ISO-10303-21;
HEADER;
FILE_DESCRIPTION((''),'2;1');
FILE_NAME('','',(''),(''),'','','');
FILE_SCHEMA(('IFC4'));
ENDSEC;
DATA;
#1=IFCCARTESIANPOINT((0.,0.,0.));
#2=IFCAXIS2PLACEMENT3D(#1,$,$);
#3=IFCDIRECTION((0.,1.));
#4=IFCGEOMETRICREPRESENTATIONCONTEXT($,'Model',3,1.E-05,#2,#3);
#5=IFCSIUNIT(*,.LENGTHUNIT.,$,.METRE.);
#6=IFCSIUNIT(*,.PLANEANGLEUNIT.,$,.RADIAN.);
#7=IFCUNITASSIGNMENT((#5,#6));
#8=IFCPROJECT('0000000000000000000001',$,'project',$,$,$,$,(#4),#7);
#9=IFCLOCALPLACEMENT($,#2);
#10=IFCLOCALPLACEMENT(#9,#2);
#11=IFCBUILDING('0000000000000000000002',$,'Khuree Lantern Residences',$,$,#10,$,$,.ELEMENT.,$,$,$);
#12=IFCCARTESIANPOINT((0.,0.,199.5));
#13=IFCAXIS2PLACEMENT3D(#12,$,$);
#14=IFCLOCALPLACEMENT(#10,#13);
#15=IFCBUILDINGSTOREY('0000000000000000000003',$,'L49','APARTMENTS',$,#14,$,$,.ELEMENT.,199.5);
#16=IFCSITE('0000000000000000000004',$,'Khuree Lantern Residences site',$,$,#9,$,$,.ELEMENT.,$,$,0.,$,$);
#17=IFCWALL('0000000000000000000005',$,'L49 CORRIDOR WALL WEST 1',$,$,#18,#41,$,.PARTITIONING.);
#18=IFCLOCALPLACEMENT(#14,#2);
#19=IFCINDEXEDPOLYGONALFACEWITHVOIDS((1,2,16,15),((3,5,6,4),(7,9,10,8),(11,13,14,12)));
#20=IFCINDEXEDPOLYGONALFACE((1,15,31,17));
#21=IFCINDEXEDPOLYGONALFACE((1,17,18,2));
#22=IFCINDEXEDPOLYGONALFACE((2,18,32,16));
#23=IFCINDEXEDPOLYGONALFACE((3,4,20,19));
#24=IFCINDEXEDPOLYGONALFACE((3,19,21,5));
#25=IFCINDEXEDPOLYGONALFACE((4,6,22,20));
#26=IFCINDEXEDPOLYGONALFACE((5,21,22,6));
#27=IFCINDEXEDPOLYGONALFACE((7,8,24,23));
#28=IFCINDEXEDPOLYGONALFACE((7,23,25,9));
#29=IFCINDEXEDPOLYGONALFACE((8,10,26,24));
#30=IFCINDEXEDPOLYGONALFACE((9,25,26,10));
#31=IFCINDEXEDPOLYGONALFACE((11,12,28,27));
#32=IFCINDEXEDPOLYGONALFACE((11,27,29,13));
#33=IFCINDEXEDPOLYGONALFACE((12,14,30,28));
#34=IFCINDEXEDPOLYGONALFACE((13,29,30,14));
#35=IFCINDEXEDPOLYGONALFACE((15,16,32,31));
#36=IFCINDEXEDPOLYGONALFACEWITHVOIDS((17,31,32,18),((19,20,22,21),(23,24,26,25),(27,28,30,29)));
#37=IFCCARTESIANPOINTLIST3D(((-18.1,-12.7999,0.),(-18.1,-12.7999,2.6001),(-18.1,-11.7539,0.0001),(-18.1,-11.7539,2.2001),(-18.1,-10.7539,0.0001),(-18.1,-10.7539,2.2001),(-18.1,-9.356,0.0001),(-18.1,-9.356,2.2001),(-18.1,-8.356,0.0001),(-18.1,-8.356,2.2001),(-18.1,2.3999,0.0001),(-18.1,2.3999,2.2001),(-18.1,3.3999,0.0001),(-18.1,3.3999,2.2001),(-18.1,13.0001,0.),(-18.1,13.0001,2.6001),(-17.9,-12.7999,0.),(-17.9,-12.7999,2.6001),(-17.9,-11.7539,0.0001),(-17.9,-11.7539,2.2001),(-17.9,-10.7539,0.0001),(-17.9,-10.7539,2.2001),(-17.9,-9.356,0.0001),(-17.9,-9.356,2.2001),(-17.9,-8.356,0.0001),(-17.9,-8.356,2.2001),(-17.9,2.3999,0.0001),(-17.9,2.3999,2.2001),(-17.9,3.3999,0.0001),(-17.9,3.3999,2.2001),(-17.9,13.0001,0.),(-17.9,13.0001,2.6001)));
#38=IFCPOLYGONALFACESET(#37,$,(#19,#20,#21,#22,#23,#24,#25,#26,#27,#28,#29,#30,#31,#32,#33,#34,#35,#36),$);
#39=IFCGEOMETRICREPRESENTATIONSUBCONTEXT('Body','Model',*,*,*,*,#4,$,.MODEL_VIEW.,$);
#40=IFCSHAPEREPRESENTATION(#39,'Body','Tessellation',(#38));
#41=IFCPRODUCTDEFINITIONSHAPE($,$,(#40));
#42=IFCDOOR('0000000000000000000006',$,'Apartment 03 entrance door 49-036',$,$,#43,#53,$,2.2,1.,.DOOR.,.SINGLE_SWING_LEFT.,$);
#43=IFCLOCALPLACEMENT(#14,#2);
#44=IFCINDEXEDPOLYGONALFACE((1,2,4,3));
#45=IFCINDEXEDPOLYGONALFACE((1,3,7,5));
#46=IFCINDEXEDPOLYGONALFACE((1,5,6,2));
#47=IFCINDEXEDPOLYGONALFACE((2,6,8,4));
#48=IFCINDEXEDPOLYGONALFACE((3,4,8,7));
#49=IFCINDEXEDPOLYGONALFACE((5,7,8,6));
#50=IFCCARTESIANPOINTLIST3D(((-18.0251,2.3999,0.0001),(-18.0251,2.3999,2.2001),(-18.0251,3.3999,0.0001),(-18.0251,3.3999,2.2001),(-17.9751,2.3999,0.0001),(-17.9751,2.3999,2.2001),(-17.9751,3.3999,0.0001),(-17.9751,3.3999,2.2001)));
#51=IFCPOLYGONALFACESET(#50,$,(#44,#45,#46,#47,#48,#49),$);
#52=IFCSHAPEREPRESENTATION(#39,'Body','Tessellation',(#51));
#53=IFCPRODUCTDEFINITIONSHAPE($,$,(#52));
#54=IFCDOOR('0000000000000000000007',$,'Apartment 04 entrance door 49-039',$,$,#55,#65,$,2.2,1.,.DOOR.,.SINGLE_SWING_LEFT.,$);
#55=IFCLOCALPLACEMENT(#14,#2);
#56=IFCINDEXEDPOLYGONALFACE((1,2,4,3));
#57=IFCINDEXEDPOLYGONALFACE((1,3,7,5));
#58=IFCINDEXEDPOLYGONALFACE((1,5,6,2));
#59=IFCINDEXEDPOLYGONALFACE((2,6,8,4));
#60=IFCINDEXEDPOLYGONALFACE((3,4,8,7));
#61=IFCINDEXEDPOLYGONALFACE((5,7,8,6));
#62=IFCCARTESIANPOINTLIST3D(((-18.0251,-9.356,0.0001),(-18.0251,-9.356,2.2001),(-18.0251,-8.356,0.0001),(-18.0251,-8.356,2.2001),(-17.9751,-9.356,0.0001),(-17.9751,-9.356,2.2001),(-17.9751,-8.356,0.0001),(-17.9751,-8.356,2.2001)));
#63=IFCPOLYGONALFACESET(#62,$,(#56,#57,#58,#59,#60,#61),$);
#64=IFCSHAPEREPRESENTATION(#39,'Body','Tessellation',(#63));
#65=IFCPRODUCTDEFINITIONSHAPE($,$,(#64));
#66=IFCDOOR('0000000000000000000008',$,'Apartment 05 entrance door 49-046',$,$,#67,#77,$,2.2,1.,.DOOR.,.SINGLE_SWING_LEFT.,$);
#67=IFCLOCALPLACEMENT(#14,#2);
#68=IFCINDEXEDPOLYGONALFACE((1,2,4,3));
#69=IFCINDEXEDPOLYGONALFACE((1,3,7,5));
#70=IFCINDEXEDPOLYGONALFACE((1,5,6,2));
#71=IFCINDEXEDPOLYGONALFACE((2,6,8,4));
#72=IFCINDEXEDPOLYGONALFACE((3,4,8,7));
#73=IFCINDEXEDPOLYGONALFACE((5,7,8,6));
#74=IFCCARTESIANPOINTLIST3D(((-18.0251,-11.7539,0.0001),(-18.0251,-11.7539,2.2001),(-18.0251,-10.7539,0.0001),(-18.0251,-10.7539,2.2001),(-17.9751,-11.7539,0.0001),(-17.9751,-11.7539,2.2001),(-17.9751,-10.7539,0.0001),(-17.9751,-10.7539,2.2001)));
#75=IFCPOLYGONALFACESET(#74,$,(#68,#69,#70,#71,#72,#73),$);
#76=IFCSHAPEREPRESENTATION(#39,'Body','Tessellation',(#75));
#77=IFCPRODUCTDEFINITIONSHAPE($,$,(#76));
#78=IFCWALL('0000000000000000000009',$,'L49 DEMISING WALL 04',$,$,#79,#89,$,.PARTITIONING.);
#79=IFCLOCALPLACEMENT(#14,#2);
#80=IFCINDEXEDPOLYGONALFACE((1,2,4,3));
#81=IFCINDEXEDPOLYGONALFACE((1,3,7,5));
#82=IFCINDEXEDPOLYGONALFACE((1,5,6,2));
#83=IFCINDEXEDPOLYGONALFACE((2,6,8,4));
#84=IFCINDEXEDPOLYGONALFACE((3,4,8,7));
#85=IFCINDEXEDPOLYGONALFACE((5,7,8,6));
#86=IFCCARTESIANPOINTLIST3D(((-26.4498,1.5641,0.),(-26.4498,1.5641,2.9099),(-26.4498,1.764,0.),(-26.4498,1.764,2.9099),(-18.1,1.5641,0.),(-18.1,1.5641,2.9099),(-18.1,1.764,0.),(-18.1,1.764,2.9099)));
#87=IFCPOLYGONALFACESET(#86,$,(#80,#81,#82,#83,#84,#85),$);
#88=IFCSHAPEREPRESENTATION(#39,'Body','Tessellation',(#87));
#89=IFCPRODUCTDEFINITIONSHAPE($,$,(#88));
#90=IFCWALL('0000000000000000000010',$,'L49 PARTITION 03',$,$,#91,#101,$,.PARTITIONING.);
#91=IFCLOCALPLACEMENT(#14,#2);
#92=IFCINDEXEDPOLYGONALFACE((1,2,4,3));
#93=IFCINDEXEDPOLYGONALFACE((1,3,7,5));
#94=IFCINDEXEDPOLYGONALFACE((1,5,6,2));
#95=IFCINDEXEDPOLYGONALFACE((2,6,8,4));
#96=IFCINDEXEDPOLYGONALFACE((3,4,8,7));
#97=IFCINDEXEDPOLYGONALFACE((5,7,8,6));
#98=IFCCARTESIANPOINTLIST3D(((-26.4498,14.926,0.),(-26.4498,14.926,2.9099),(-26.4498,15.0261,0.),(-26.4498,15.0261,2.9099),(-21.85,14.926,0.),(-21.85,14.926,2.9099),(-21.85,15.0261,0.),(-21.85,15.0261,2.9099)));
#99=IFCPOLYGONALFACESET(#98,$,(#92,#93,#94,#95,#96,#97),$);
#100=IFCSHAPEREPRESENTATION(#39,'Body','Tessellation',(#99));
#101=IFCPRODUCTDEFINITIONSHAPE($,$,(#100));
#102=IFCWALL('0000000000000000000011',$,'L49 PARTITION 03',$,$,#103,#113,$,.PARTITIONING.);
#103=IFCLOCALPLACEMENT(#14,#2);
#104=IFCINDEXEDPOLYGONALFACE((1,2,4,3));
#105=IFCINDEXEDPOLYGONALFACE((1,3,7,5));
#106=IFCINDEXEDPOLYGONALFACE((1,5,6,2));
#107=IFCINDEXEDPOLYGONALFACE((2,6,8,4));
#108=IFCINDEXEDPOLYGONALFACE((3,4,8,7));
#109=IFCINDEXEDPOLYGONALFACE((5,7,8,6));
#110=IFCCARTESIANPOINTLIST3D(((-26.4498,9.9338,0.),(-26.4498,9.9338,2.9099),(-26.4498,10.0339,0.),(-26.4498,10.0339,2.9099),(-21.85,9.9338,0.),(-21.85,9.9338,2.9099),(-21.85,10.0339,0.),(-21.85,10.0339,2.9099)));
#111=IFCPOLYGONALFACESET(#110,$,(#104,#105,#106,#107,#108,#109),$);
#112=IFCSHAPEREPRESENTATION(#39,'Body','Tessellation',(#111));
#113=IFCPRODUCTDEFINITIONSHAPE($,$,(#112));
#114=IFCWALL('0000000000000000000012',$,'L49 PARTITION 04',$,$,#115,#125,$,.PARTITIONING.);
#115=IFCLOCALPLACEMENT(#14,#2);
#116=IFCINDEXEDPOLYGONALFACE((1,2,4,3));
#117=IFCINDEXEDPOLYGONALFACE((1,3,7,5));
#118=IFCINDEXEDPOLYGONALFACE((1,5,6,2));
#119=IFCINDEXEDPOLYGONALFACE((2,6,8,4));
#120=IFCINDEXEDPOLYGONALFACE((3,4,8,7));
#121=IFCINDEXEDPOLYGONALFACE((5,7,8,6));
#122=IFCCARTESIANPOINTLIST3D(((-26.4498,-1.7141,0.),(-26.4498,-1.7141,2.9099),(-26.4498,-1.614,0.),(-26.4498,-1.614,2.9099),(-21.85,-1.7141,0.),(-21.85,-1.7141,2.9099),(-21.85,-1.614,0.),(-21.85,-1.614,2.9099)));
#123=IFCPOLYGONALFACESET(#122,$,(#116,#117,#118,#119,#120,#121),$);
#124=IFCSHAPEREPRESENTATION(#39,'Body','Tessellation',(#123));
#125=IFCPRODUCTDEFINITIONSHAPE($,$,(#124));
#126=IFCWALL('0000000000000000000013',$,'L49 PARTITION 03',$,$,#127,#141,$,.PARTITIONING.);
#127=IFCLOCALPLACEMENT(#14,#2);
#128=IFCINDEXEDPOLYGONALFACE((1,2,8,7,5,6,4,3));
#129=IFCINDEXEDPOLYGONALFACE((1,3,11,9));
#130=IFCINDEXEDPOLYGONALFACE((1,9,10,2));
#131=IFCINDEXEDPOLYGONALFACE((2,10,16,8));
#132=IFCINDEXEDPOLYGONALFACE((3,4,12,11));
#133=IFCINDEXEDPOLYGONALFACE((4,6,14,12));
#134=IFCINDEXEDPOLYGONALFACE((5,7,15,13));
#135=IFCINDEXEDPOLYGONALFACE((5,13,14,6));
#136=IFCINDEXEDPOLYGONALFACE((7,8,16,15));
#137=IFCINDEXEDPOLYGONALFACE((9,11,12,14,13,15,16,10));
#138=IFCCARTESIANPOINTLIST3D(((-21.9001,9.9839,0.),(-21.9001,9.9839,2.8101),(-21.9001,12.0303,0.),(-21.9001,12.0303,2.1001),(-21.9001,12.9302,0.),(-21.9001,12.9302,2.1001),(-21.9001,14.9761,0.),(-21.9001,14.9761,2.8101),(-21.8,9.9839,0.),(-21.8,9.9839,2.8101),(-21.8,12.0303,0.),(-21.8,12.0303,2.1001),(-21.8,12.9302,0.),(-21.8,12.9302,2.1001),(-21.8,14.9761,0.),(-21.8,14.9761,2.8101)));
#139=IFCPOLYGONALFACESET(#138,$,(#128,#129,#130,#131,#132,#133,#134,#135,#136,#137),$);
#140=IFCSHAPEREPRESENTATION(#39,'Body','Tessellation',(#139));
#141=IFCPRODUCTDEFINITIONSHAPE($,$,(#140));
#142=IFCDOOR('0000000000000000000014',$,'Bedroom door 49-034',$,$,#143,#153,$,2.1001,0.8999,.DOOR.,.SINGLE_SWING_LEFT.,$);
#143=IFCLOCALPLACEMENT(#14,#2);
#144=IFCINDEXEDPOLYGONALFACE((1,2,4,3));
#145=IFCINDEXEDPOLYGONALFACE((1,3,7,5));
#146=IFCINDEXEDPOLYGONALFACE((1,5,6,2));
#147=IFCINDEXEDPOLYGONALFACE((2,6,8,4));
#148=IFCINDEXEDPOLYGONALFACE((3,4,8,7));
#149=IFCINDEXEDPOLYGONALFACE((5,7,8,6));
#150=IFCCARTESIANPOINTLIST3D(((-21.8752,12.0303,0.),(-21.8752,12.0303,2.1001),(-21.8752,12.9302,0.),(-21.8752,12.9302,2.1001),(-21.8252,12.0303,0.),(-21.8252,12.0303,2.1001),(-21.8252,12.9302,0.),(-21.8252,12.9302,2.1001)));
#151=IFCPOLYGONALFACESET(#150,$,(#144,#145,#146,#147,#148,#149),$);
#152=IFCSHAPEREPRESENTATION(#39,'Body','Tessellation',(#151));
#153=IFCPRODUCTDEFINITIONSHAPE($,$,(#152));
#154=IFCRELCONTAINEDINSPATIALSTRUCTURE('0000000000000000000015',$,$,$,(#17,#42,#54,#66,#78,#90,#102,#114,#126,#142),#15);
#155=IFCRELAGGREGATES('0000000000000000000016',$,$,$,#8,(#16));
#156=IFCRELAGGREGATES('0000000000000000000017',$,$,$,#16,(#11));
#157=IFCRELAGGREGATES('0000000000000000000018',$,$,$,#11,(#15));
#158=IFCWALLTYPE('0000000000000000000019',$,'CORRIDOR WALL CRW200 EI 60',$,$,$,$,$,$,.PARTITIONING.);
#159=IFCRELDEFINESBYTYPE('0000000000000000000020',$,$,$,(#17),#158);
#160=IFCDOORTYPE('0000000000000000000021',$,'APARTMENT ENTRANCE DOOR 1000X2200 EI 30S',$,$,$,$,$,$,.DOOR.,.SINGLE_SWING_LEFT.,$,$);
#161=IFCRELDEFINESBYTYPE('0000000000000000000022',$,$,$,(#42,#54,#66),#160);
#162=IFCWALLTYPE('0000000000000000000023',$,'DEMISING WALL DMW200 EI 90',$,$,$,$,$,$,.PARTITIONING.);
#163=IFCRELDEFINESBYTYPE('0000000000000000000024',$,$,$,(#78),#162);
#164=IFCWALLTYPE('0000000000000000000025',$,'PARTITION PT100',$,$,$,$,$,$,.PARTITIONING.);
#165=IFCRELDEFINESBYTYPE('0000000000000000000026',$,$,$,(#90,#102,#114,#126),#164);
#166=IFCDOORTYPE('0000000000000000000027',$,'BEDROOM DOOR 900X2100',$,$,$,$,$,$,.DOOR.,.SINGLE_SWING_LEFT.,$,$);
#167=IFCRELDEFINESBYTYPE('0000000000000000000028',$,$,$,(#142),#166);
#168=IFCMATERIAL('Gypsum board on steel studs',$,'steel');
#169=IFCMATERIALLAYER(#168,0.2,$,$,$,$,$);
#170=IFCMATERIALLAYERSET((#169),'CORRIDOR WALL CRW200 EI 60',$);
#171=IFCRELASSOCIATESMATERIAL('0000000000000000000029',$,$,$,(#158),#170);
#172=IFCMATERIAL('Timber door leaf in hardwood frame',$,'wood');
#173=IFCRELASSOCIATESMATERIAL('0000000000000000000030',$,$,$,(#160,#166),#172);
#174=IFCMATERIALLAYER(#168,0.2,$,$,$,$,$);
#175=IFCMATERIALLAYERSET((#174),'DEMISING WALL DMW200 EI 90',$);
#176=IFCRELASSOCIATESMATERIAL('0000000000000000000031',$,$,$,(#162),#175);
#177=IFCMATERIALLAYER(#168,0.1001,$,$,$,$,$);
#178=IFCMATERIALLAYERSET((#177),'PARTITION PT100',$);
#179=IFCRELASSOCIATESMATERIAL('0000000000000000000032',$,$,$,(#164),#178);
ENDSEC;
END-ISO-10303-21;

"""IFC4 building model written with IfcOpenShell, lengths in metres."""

from ifc_helpers import new_model, si_unit, direction, frame, frame_2d, origin, place, context, subcontext, project, spatial, rectangle, extrude, material, layer, layer_set, type_object, element, fill, save


model = new_model("IFC4")

# Units and contexts
model_context = context("Model", 3, precision=1e-05, world=origin(), true_north=direction((0.0, 1.0)))
body_context = subcontext(model_context, "Body", "Model", "MODEL_VIEW")
ifc_project = project(units=[si_unit("LENGTHUNIT", "METRE"), si_unit("PLANEANGLEUNIT", "RADIAN")], contexts=[model_context])

# Site, building, storey
site_placement = place(None, origin())
site = spatial("IfcSite", under=ifc_project, at=site_placement, Name="Khuree Lantern Residences site", CompositionType="ELEMENT", RefElevation=0.0)
building_placement = place(site_placement, origin())
building = spatial("IfcBuilding", under=site, at=building_placement, Name="Khuree Lantern Residences", CompositionType="ELEMENT")
storey_placement = place(building_placement, frame((0.0, 0.0, 199.5)))
storey = spatial("IfcBuildingStorey", under=building, at=storey_placement, Name="L49", Description="APARTMENTS", CompositionType="ELEMENT", Elevation=199.5)

# Shared definitions
ifc_material_1 = material(Name="Timber door leaf in hardwood frame", Category="wood")

# Wall, openings, doors
ifc_material_2 = material(Name="Gypsum board on steel studs", Category="steel")
ifc_layer_1 = layer(ifc_material_2, 0.2)
ifc_layer_set_1 = layer_set([ifc_layer_1], Name="CORRIDOR WALL CRW200 EI 60")
wall_type_1 = type_object("IfcWallType", Name="CORRIDOR WALL CRW200 EI 60", PredefinedType="PARTITIONING", material=ifc_layer_set_1)
wall_1_placement = place(storey_placement, frame((-18.0, 13.0, 0.0), z_axis=(0.0, 0.0, 1.0), x_axis=(0.0, -1.0, 0.0)))
wall_1 = element("IfcWall", 1, at=wall_1_placement, inside=storey, type_object=wall_type_1, Name="L49 CORRIDOR WALL WEST 1", PredefinedType="PARTITIONING", context=body_context, shape_type="SweptSolid", body=[
    extrude(rectangle(XDim=25.8, YDim=0.2, at=frame_2d((12.8999, 0.0))), origin(), (0.0, 0.0, 1.0), 2.6001),
])
opening_1_placement = place(wall_1_placement, frame((9.6001, 0.0, 0.0)))
opening_1 = element("IfcOpeningElement", 2, at=opening_1_placement, cuts=wall_1, PredefinedType="OPENING", context=body_context, shape_type="SweptSolid", body=[
    extrude(rectangle(XDim=1.0, YDim=2.2, at=frame_2d((0.5, 1.1001))), frame((0.0, 0.1099, 0.0), z_axis=(0.0, -1.0, 0.0), x_axis=(1.0, 0.0, 0.0)), (0.0, 0.0, 1.0), 0.22),
])
opening_2_placement = place(wall_1_placement, frame((21.356, 0.0, 0.0)))
opening_2 = element("IfcOpeningElement", 3, at=opening_2_placement, cuts=wall_1, PredefinedType="OPENING", context=body_context, shape_type="SweptSolid", body=[
    extrude(rectangle(XDim=1.0, YDim=2.2, at=frame_2d((0.5, 1.1001))), frame((0.0, 0.1099, 0.0), z_axis=(0.0, -1.0, 0.0), x_axis=(1.0, 0.0, 0.0)), (0.0, 0.0, 1.0), 0.22),
])
opening_3_placement = place(wall_1_placement, frame((23.7539, 0.0, 0.0)))
opening_3 = element("IfcOpeningElement", 4, at=opening_3_placement, cuts=wall_1, PredefinedType="OPENING", context=body_context, shape_type="SweptSolid", body=[
    extrude(rectangle(XDim=1.0, YDim=2.2, at=frame_2d((0.5, 1.1001))), frame((0.0, 0.1099, 0.0), z_axis=(0.0, -1.0, 0.0), x_axis=(1.0, 0.0, 0.0)), (0.0, 0.0, 1.0), 0.22),
])
door_type_1 = type_object("IfcDoorType", Name="APARTMENT ENTRANCE DOOR 1000X2200 EI 30S", OperationType="SINGLE_SWING_LEFT", PredefinedType="DOOR", material=ifc_material_1)
door_1_placement = place(opening_1_placement, origin())
door_1 = element("IfcDoor", 5, at=door_1_placement, inside=storey, type_object=door_type_1, Name="Apartment 03 entrance door 49-036", OperationType="SINGLE_SWING_LEFT", OverallHeight=2.2, OverallWidth=1.0, PredefinedType="DOOR", context=body_context, shape_type="SweptSolid", body=[
    extrude(rectangle(XDim=1.0, YDim=2.2, at=frame_2d((0.5, 1.1001))), frame((0.0, 0.0249, 0.0), z_axis=(0.0, -1.0, 0.0), x_axis=(1.0, 0.0, 0.0)), (0.0, 0.0, 1.0), 0.05),
])
fill(opening_1, door_1)
door_2_placement = place(opening_2_placement, origin())
door_2 = element("IfcDoor", 6, at=door_2_placement, inside=storey, type_object=door_type_1, Name="Apartment 04 entrance door 49-039", OperationType="SINGLE_SWING_LEFT", OverallHeight=2.2, OverallWidth=1.0, PredefinedType="DOOR", context=body_context, shape_type="SweptSolid", body=[
    extrude(rectangle(XDim=1.0, YDim=2.2, at=frame_2d((0.5, 1.1001))), frame((0.0, 0.0249, 0.0), z_axis=(0.0, -1.0, 0.0), x_axis=(1.0, 0.0, 0.0)), (0.0, 0.0, 1.0), 0.05),
])
fill(opening_2, door_2)
door_3_placement = place(opening_3_placement, origin())
door_3 = element("IfcDoor", 7, at=door_3_placement, inside=storey, type_object=door_type_1, Name="Apartment 05 entrance door 49-046", OperationType="SINGLE_SWING_LEFT", OverallHeight=2.2, OverallWidth=1.0, PredefinedType="DOOR", context=body_context, shape_type="SweptSolid", body=[
    extrude(rectangle(XDim=1.0, YDim=2.2, at=frame_2d((0.5, 1.1001))), frame((0.0, 0.0249, 0.0), z_axis=(0.0, -1.0, 0.0), x_axis=(1.0, 0.0, 0.0)), (0.0, 0.0, 1.0), 0.05),
])
fill(opening_3, door_3)

# Walls
ifc_layer_2 = layer(ifc_material_2, 0.2)
ifc_layer_set_2 = layer_set([ifc_layer_2], Name="DEMISING WALL DMW200 EI 90")
wall_type_2 = type_object("IfcWallType", Name="DEMISING WALL DMW200 EI 90", PredefinedType="PARTITIONING", material=ifc_layer_set_2)
wall_2_placement = place(storey_placement, frame((-18.1001, 1.6641, 0.0), z_axis=(0.0, 0.0, 1.0), x_axis=(-1.0, 0.0, 0.0)))
element("IfcWall", 8, at=wall_2_placement, inside=storey, type_object=wall_type_2, Name="L49 DEMISING WALL 04", PredefinedType="PARTITIONING", context=body_context, shape_type="SweptSolid", body=[
    extrude(rectangle(XDim=8.3499, YDim=0.2, at=frame_2d((4.1748, 0.0))), origin(), (0.0, 0.0, 1.0), 2.9099),
])
ifc_layer_3 = layer(ifc_material_2, 0.1001)
ifc_layer_set_3 = layer_set([ifc_layer_3], Name="PARTITION PT100")
wall_type_3 = type_object("IfcWallType", Name="PARTITION PT100", PredefinedType="PARTITIONING", material=ifc_layer_set_3)
for number, where, z_axis, x_axis, name in (
    (9, (-21.8501, 14.9761, 0.0), (0.0, 0.0, 1.0), (-1.0, 0.0, 0.0), "L49 PARTITION 03"),
    (10, (-21.8501, 9.9839, 0.0), (0.0, 0.0, 1.0), (-1.0, 0.0, 0.0), "L49 PARTITION 03"),
    (11, (-21.8501, -1.6641, 0.0), (0.0, 0.0, 1.0), (-1.0, 0.0, 0.0), "L49 PARTITION 04"),
):
    element("IfcWall", number, at=place(storey_placement, frame(where, z_axis=z_axis, x_axis=x_axis)), inside=storey, type_object=wall_type_3, Name=name, PredefinedType="PARTITIONING", context=body_context, shape_type="SweptSolid", body=[
        extrude(rectangle(XDim=4.5999, YDim=0.1001, at=frame_2d((2.2998, 0.0))), origin(), (0.0, 0.0, 1.0), 2.9099),
    ])

# Wall, opening, door
wall_3_placement = place(storey_placement, frame((-21.8501, 14.9761, 0.0), z_axis=(0.0, 0.0, 1.0), x_axis=(0.0, -1.0, 0.0)))
wall_3 = element("IfcWall", 12, at=wall_3_placement, inside=storey, type_object=wall_type_3, Name="L49 PARTITION 03", PredefinedType="PARTITIONING", context=body_context, shape_type="SweptSolid", body=[
    extrude(rectangle(XDim=4.9922, YDim=0.1001, at=frame_2d((2.4961, 0.0))), origin(), (0.0, 0.0, 1.0), 2.8101),
])
opening_4_placement = place(wall_3_placement, frame((2.0459, 0.0, 0.0)))
opening_4 = element("IfcOpeningElement", 13, at=opening_4_placement, cuts=wall_3, PredefinedType="OPENING", context=body_context, shape_type="SweptSolid", body=[
    extrude(rectangle(XDim=0.8999, YDim=2.1001, at=frame_2d((0.45, 1.05))), frame((0.0, 0.0601, 0.0), z_axis=(0.0, -1.0, 0.0), x_axis=(1.0, 0.0, 0.0)), (0.0, 0.0, 1.0), 0.1201),
])
door_type_2 = type_object("IfcDoorType", Name="BEDROOM DOOR 900X2100", OperationType="SINGLE_SWING_LEFT", PredefinedType="DOOR", material=ifc_material_1)
door_4_placement = place(opening_4_placement, origin())
door_4 = element("IfcDoor", 14, at=door_4_placement, inside=storey, type_object=door_type_2, Name="Bedroom door 49-034", OperationType="SINGLE_SWING_LEFT", OverallHeight=2.1001, OverallWidth=0.8999, PredefinedType="DOOR", context=body_context, shape_type="SweptSolid", body=[
    extrude(rectangle(XDim=0.8999, YDim=2.1001, at=frame_2d((0.45, 1.05))), frame((0.0, 0.0249, 0.0), z_axis=(0.0, -1.0, 0.0), x_axis=(1.0, 0.0, 0.0)), (0.0, 0.0, 1.0), 0.05),
])
fill(opening_4, door_4)

save(model, "model.ifc")
